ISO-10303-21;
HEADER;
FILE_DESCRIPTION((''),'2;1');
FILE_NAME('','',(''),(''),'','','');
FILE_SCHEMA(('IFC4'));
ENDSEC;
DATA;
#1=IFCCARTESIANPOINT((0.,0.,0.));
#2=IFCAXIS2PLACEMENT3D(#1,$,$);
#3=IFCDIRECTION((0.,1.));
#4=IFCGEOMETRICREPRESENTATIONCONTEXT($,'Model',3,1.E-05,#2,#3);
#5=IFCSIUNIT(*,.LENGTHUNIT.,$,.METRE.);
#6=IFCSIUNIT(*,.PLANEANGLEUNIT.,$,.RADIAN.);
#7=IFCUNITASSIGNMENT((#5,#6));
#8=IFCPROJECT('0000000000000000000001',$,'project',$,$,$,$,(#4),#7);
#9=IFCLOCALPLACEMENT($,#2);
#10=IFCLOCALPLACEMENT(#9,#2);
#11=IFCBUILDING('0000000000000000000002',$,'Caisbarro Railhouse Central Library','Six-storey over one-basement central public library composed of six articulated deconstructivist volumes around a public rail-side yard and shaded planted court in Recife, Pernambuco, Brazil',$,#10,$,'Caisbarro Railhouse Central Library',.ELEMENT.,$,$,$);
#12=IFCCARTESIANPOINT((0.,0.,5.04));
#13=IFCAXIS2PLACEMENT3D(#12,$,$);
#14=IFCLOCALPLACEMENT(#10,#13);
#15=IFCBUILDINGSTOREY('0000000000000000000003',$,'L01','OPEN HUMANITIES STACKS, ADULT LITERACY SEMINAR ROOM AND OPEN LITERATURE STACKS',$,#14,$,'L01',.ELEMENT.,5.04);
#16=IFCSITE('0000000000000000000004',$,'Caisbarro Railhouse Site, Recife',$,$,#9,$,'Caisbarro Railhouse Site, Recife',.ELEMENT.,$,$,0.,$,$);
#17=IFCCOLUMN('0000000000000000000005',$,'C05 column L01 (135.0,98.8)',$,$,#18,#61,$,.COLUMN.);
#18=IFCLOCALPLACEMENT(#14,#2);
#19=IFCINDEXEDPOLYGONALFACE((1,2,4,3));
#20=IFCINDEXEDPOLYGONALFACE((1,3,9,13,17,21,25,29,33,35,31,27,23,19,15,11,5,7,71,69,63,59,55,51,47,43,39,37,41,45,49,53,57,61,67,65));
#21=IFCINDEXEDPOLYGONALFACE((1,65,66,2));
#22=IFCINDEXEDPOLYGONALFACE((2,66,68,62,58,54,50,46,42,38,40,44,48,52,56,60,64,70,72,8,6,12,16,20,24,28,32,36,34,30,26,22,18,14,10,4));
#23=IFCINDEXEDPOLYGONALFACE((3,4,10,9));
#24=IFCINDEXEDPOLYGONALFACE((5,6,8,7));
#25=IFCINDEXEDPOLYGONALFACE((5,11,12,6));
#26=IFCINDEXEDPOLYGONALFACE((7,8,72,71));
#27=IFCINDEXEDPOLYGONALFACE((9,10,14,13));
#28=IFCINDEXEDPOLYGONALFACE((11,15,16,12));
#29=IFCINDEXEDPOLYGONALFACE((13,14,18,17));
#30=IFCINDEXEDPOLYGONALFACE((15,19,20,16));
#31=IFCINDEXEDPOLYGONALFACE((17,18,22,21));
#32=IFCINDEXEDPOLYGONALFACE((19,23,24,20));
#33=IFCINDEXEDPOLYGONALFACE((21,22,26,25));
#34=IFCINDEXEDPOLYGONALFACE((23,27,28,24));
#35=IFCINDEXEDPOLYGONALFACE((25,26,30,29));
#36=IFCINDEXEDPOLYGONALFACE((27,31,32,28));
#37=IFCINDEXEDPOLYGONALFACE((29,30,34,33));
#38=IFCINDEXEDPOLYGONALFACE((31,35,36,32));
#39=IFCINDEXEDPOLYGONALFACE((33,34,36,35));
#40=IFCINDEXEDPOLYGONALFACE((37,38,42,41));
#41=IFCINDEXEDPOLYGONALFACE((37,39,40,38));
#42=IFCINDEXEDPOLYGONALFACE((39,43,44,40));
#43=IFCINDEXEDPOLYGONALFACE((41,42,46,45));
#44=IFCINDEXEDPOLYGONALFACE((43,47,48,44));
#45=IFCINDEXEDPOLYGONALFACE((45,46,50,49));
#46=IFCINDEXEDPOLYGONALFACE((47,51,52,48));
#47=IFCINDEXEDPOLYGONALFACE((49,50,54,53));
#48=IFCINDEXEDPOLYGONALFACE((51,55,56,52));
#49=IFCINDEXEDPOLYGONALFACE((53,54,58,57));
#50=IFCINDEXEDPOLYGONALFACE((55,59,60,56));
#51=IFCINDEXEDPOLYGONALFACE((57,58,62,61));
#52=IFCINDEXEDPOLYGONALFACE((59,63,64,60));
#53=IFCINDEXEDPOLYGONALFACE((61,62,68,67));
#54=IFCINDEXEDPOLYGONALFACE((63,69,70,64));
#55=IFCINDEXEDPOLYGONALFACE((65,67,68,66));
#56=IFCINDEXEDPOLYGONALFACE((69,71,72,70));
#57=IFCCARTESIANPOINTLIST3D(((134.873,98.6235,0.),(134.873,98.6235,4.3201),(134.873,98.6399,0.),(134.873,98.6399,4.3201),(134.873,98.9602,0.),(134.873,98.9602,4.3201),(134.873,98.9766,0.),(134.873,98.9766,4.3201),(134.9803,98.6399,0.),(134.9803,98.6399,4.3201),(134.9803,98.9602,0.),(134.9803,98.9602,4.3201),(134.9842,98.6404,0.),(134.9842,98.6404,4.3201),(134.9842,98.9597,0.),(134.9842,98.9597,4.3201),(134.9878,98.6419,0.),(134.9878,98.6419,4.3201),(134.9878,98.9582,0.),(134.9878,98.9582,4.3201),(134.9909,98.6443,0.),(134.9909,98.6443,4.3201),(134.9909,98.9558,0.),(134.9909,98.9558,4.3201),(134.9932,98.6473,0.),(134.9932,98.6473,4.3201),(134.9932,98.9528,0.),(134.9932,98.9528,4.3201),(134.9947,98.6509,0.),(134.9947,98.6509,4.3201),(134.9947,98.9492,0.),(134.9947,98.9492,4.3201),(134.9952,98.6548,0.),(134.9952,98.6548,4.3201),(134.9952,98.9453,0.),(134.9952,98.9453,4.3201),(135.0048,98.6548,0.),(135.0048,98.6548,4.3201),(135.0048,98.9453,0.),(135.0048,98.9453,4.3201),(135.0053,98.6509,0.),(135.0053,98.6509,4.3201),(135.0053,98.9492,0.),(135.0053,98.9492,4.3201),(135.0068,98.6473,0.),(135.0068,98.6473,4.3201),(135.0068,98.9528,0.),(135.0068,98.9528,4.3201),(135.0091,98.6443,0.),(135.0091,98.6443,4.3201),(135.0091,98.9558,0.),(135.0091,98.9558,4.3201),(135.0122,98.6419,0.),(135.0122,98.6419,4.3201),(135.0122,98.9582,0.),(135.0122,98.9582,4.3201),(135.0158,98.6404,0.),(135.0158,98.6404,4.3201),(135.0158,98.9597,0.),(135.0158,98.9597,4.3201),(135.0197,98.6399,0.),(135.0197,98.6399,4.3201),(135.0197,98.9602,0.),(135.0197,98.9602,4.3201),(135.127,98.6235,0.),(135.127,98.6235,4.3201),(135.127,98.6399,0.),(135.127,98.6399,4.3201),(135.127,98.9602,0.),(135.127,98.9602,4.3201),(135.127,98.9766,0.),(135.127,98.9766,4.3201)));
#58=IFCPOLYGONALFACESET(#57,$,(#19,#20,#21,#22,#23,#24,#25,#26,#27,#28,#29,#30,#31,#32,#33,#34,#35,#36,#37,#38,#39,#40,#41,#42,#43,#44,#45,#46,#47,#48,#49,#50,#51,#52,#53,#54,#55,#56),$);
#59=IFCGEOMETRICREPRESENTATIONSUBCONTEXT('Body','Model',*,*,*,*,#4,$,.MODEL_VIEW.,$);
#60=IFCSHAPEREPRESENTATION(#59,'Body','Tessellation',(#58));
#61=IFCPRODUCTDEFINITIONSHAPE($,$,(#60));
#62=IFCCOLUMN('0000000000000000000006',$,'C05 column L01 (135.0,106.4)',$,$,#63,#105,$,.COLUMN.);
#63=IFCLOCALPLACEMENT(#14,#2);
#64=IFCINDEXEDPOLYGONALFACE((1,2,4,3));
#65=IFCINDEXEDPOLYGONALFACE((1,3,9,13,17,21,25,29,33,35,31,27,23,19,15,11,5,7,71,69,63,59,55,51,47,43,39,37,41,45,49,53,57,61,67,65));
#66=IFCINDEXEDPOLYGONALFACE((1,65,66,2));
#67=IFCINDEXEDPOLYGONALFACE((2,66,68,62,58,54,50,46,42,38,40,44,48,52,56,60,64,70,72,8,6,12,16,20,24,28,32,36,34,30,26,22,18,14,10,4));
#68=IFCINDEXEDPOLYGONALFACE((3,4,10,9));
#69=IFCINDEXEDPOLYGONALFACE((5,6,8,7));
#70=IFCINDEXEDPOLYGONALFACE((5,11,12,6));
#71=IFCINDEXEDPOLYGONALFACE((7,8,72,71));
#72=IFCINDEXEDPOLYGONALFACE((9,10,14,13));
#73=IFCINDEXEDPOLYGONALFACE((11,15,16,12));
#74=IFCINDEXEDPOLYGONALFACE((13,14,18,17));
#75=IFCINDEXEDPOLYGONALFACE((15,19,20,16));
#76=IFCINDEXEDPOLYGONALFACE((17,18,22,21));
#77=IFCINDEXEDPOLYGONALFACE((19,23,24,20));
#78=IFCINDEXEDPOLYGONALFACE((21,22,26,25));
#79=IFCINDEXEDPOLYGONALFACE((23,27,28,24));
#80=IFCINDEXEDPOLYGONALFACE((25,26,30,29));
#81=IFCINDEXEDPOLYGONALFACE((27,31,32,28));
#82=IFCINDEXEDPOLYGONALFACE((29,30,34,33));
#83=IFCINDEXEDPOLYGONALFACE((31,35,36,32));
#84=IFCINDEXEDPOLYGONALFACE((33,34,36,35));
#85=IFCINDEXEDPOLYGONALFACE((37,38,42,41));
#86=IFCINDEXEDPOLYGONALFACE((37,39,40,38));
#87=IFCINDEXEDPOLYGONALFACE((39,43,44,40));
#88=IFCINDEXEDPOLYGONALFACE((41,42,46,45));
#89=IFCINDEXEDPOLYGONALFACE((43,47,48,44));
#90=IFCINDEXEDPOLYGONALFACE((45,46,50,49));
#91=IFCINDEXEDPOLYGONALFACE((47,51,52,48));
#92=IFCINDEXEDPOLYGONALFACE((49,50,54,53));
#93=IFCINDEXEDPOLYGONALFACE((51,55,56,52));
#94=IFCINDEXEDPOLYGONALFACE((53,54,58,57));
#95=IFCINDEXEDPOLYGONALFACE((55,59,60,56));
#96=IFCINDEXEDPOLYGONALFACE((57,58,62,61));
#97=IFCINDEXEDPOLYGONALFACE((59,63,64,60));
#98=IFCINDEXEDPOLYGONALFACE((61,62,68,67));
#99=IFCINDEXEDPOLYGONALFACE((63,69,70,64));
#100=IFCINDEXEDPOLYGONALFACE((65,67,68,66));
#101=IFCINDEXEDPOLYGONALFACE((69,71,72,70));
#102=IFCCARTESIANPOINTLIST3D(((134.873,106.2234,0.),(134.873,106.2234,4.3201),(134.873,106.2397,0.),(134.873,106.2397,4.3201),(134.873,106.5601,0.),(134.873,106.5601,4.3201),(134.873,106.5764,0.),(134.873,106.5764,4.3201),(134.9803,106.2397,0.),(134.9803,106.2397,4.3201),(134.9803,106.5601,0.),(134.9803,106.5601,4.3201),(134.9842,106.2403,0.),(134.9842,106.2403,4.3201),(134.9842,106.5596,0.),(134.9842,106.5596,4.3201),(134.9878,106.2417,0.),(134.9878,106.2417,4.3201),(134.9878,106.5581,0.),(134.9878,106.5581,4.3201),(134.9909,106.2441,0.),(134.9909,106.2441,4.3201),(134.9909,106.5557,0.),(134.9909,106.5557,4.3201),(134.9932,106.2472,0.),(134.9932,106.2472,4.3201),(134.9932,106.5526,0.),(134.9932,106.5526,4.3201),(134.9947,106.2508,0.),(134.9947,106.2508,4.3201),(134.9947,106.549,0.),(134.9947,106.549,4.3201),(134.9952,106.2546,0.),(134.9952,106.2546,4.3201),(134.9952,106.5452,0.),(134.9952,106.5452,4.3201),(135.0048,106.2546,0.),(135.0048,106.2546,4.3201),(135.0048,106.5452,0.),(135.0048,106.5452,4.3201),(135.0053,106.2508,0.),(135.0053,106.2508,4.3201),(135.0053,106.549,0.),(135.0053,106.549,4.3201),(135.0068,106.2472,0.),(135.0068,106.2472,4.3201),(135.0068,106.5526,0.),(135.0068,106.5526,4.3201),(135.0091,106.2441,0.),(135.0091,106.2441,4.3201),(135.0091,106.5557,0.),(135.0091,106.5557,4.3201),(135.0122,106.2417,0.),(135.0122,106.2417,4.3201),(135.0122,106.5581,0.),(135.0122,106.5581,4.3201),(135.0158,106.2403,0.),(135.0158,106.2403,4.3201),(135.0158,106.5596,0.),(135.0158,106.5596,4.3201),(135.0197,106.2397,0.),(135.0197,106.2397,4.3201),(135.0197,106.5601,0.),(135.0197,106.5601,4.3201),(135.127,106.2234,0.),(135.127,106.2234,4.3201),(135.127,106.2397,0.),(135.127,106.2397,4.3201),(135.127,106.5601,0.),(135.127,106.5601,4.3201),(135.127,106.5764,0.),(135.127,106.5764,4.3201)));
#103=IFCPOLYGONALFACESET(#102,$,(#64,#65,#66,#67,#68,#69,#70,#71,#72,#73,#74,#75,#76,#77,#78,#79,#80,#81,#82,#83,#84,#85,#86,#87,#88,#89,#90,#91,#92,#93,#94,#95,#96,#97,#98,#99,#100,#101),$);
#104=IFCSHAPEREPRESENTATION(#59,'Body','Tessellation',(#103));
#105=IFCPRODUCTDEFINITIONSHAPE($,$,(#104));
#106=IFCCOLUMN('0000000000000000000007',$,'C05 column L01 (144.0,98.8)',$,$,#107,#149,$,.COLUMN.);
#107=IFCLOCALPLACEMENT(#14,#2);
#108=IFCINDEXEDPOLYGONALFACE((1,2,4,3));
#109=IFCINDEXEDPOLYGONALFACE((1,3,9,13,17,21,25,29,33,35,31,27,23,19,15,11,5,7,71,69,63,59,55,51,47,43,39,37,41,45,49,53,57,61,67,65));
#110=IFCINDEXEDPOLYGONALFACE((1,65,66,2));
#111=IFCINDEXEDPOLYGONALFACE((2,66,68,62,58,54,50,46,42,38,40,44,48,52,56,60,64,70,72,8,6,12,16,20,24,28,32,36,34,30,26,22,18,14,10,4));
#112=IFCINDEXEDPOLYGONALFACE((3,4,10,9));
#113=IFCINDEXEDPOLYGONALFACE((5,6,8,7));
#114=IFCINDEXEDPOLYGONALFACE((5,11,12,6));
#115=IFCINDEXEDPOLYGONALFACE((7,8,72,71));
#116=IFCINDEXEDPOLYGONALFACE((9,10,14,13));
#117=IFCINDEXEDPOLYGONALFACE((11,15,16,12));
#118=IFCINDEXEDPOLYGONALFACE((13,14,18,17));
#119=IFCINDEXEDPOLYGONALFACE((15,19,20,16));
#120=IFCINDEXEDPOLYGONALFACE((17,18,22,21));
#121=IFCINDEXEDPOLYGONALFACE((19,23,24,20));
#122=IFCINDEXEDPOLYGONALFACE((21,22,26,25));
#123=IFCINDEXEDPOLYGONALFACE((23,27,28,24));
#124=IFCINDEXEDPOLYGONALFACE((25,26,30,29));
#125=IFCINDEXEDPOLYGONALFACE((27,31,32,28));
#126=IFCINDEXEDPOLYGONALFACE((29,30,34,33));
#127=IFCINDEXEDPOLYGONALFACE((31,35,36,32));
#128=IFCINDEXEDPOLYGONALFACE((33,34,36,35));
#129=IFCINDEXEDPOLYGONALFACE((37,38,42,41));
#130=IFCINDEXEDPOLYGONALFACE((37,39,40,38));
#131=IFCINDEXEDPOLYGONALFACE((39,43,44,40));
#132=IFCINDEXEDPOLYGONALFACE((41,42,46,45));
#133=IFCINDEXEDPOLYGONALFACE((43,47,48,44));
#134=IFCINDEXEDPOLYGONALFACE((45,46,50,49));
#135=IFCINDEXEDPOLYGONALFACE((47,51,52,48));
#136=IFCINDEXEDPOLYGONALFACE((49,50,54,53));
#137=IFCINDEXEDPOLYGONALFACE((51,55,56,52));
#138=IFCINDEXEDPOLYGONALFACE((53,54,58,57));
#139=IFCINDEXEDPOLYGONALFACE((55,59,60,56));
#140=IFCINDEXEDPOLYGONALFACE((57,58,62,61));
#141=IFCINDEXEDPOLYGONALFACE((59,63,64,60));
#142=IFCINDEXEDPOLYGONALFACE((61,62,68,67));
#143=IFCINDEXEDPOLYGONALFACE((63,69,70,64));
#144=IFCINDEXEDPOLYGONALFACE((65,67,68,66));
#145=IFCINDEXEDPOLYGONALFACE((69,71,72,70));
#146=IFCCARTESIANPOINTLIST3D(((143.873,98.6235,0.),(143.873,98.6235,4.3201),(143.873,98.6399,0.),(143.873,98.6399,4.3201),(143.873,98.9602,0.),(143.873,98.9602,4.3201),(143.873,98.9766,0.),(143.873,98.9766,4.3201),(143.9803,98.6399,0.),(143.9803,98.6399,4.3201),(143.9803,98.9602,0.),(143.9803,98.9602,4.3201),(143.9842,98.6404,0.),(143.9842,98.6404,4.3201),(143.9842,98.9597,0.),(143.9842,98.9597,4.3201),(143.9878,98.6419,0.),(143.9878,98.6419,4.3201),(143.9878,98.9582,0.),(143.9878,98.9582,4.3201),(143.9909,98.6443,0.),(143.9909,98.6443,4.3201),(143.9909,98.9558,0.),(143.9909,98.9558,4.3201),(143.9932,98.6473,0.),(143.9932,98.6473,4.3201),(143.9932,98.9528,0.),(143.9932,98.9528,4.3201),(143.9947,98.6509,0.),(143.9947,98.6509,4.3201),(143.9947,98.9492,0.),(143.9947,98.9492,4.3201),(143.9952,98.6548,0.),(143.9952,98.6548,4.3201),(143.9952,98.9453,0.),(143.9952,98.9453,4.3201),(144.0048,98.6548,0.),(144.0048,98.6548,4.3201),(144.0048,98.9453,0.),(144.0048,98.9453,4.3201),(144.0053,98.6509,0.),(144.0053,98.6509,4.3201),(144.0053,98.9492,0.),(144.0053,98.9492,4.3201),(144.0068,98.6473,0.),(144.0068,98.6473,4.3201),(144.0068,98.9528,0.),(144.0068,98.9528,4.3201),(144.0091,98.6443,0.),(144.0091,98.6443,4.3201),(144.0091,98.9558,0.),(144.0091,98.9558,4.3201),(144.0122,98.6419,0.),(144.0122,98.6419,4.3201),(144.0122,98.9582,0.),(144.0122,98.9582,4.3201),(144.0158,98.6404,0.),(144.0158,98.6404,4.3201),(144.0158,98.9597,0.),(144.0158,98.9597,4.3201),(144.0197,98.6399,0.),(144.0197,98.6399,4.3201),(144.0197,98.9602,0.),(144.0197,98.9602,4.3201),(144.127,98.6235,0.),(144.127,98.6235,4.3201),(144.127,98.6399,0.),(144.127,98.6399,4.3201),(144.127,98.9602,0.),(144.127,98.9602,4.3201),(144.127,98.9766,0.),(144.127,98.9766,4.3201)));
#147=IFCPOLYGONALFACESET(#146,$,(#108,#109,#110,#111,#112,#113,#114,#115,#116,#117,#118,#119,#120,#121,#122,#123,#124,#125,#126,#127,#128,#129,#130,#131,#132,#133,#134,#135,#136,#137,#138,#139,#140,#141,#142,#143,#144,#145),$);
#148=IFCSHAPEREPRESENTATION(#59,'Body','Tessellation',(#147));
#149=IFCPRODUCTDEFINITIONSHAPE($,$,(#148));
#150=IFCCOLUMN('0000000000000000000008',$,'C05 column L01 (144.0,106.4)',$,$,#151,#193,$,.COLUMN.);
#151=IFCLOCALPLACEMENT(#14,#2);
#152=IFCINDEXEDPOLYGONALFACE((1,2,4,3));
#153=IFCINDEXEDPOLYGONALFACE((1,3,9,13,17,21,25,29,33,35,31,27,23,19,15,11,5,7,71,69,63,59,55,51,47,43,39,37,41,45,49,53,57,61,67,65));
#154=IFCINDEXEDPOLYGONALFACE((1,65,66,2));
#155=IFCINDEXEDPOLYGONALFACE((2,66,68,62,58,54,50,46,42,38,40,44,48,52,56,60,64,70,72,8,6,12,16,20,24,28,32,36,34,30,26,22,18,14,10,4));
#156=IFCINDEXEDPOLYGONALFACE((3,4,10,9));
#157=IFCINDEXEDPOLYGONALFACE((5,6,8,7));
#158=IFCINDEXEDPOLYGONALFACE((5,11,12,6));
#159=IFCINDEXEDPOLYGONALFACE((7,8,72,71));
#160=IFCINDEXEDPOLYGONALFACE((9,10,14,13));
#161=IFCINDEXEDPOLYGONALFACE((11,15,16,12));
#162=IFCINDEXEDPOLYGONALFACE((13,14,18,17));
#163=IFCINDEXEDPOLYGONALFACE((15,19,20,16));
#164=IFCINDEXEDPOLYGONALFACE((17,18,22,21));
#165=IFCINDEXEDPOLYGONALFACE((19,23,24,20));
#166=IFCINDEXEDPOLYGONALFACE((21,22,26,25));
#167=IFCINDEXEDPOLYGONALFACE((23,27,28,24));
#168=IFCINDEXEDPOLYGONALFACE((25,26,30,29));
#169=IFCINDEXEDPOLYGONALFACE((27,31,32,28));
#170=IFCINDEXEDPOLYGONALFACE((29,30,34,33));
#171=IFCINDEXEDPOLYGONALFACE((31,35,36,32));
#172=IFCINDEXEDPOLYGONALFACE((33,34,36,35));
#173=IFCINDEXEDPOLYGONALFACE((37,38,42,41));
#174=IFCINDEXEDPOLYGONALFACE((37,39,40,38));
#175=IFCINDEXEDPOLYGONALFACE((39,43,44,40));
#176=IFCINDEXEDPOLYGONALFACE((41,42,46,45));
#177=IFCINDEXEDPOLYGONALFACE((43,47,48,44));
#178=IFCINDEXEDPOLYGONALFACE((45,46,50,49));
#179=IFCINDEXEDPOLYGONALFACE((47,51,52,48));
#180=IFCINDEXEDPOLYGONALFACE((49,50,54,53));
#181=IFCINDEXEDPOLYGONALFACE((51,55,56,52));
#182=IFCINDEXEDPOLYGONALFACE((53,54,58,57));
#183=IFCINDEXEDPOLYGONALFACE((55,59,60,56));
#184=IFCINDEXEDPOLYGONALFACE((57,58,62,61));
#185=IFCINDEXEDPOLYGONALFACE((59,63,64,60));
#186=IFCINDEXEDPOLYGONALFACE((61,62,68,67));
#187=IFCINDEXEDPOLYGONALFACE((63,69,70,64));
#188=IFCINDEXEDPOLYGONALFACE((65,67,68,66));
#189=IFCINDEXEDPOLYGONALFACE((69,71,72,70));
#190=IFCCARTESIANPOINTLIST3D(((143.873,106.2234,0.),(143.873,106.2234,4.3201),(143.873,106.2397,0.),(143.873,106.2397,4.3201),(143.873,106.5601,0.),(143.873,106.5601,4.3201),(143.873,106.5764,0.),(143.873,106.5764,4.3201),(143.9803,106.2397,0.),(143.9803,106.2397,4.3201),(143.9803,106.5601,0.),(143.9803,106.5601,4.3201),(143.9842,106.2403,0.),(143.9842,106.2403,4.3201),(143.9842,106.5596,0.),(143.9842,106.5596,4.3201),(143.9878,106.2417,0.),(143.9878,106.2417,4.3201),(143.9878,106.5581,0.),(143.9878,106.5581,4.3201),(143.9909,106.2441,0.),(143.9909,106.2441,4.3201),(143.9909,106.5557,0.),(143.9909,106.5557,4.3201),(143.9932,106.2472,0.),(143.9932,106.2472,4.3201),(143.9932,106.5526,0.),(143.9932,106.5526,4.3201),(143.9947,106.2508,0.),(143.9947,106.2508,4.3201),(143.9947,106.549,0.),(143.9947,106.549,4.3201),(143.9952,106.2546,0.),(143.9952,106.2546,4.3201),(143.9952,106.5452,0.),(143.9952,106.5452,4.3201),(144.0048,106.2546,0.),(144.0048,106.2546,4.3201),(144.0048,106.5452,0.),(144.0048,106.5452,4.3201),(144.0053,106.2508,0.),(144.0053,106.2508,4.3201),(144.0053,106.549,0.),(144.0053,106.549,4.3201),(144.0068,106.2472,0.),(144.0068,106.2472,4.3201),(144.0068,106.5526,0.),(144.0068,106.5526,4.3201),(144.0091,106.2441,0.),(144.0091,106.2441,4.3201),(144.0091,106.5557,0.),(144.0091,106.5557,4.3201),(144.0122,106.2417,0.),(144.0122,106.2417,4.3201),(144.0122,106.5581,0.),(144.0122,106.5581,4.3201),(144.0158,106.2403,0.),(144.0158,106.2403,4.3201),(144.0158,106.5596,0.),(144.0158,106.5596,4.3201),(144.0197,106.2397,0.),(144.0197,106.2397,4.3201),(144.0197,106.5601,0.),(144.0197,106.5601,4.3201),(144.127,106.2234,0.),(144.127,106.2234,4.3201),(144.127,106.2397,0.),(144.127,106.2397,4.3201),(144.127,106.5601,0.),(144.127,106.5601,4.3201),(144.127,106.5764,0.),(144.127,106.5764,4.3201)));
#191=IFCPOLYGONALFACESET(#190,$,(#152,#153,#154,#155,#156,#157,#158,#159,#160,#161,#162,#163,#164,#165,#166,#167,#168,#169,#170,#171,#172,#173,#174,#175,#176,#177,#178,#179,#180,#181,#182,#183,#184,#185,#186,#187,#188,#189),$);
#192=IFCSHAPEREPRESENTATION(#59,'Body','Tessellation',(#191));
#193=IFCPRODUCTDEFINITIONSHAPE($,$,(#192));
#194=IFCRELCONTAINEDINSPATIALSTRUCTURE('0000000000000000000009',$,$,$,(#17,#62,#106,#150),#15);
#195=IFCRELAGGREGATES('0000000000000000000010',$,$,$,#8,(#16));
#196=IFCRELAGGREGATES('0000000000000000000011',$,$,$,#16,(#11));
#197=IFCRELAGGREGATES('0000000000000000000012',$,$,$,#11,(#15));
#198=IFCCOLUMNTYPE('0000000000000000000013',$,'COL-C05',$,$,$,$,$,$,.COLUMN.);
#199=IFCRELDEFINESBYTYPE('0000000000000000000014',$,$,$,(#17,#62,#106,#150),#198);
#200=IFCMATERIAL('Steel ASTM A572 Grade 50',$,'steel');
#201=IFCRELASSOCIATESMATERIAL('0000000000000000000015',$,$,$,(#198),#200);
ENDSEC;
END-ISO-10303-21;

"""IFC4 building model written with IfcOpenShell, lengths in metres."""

from ifc_helpers import new_model, si_unit, direction, frame, origin, origin_2d, place, context, subcontext, project, spatial, i_section, extrude, material, material_profile, profile_set, type_object, element, save


model = new_model("IFC4")

# Units and contexts
model_context = context("Model", 3, precision=1e-05, world=origin(), true_north=direction((0.0, 1.0)))
body_context = subcontext(model_context, "Body", "Model", "MODEL_VIEW")
ifc_project = project(units=[si_unit("LENGTHUNIT", "METRE"), si_unit("PLANEANGLEUNIT", "RADIAN")], contexts=[model_context])

# Site, building, storey
site_placement = place(None, origin())
site = spatial("IfcSite", under=ifc_project, at=site_placement, Name="Caisbarro Railhouse Site, Recife", LongName="Caisbarro Railhouse Site, Recife", CompositionType="ELEMENT", RefElevation=0.0)
building_placement = place(site_placement, origin())
building = spatial("IfcBuilding", under=site, at=building_placement, Name="Caisbarro Railhouse Central Library", Description="Six-storey over one-basement central public library composed of six articulated deconstructivist volumes around a public rail-side yard and shaded planted court in Recife, Pernambuco, Brazil", LongName="Caisbarro Railhouse Central Library", CompositionType="ELEMENT")
storey_placement = place(building_placement, frame((0.0, 0.0, 5.04)))
storey = spatial("IfcBuildingStorey", under=building, at=storey_placement, Name="L01", Description="OPEN HUMANITIES STACKS, ADULT LITERACY SEMINAR ROOM AND OPEN LITERATURE STACKS", LongName="L01", CompositionType="ELEMENT", Elevation=5.04)

# Columns
ifc_material_1 = material(Name="Steel ASTM A572 Grade 50", Category="steel")
ifc_material_profile_1 = material_profile(ifc_material_1, i_section(OverallWidth=0.2539, OverallDepth=0.353, WebThickness=0.0095, FlangeThickness=0.0164, FilletRadius=0.0149, at=origin_2d()), Name="W360X91.0")
ifc_profile_set_1 = profile_set([ifc_material_profile_1], Name="Steel ASTM A572 Grade 50")
column_type = type_object("IfcColumnType", Name="COL-C05", PredefinedType="COLUMN", material=ifc_profile_set_1)
for number, where, z_axis, x_axis, name in (
    (1, (135.0, 98.8, 0.0), (0.0, 0.0, 1.0), (1.0, 0.0, 0.0), "C05 column L01 (135.0,98.8)"),
    (2, (135.0, 106.3999, 0.0), (0.0, 0.0, 1.0), (1.0, 0.0, 0.0), "C05 column L01 (135.0,106.4)"),
    (3, (144.0, 98.8, 0.0), (0.0, 0.0, 1.0), (1.0, 0.0, 0.0), "C05 column L01 (144.0,98.8)"),
    (4, (144.0, 106.3999, 0.0), (0.0, 0.0, 1.0), (1.0, 0.0, 0.0), "C05 column L01 (144.0,106.4)"),
):
    element("IfcColumn", number, at=place(storey_placement, frame(where, z_axis=z_axis, x_axis=x_axis)), inside=storey, type_object=column_type, Name=name, PredefinedType="COLUMN", context=body_context, shape_type="SweptSolid", body=[
        extrude(i_section(OverallWidth=0.2539, OverallDepth=0.353, WebThickness=0.0095, FlangeThickness=0.0164, FilletRadius=0.0149, at=origin_2d()), origin(), (0.0, 0.0, 1.0), 4.3201),
    ])

save(model, "model.ifc")
